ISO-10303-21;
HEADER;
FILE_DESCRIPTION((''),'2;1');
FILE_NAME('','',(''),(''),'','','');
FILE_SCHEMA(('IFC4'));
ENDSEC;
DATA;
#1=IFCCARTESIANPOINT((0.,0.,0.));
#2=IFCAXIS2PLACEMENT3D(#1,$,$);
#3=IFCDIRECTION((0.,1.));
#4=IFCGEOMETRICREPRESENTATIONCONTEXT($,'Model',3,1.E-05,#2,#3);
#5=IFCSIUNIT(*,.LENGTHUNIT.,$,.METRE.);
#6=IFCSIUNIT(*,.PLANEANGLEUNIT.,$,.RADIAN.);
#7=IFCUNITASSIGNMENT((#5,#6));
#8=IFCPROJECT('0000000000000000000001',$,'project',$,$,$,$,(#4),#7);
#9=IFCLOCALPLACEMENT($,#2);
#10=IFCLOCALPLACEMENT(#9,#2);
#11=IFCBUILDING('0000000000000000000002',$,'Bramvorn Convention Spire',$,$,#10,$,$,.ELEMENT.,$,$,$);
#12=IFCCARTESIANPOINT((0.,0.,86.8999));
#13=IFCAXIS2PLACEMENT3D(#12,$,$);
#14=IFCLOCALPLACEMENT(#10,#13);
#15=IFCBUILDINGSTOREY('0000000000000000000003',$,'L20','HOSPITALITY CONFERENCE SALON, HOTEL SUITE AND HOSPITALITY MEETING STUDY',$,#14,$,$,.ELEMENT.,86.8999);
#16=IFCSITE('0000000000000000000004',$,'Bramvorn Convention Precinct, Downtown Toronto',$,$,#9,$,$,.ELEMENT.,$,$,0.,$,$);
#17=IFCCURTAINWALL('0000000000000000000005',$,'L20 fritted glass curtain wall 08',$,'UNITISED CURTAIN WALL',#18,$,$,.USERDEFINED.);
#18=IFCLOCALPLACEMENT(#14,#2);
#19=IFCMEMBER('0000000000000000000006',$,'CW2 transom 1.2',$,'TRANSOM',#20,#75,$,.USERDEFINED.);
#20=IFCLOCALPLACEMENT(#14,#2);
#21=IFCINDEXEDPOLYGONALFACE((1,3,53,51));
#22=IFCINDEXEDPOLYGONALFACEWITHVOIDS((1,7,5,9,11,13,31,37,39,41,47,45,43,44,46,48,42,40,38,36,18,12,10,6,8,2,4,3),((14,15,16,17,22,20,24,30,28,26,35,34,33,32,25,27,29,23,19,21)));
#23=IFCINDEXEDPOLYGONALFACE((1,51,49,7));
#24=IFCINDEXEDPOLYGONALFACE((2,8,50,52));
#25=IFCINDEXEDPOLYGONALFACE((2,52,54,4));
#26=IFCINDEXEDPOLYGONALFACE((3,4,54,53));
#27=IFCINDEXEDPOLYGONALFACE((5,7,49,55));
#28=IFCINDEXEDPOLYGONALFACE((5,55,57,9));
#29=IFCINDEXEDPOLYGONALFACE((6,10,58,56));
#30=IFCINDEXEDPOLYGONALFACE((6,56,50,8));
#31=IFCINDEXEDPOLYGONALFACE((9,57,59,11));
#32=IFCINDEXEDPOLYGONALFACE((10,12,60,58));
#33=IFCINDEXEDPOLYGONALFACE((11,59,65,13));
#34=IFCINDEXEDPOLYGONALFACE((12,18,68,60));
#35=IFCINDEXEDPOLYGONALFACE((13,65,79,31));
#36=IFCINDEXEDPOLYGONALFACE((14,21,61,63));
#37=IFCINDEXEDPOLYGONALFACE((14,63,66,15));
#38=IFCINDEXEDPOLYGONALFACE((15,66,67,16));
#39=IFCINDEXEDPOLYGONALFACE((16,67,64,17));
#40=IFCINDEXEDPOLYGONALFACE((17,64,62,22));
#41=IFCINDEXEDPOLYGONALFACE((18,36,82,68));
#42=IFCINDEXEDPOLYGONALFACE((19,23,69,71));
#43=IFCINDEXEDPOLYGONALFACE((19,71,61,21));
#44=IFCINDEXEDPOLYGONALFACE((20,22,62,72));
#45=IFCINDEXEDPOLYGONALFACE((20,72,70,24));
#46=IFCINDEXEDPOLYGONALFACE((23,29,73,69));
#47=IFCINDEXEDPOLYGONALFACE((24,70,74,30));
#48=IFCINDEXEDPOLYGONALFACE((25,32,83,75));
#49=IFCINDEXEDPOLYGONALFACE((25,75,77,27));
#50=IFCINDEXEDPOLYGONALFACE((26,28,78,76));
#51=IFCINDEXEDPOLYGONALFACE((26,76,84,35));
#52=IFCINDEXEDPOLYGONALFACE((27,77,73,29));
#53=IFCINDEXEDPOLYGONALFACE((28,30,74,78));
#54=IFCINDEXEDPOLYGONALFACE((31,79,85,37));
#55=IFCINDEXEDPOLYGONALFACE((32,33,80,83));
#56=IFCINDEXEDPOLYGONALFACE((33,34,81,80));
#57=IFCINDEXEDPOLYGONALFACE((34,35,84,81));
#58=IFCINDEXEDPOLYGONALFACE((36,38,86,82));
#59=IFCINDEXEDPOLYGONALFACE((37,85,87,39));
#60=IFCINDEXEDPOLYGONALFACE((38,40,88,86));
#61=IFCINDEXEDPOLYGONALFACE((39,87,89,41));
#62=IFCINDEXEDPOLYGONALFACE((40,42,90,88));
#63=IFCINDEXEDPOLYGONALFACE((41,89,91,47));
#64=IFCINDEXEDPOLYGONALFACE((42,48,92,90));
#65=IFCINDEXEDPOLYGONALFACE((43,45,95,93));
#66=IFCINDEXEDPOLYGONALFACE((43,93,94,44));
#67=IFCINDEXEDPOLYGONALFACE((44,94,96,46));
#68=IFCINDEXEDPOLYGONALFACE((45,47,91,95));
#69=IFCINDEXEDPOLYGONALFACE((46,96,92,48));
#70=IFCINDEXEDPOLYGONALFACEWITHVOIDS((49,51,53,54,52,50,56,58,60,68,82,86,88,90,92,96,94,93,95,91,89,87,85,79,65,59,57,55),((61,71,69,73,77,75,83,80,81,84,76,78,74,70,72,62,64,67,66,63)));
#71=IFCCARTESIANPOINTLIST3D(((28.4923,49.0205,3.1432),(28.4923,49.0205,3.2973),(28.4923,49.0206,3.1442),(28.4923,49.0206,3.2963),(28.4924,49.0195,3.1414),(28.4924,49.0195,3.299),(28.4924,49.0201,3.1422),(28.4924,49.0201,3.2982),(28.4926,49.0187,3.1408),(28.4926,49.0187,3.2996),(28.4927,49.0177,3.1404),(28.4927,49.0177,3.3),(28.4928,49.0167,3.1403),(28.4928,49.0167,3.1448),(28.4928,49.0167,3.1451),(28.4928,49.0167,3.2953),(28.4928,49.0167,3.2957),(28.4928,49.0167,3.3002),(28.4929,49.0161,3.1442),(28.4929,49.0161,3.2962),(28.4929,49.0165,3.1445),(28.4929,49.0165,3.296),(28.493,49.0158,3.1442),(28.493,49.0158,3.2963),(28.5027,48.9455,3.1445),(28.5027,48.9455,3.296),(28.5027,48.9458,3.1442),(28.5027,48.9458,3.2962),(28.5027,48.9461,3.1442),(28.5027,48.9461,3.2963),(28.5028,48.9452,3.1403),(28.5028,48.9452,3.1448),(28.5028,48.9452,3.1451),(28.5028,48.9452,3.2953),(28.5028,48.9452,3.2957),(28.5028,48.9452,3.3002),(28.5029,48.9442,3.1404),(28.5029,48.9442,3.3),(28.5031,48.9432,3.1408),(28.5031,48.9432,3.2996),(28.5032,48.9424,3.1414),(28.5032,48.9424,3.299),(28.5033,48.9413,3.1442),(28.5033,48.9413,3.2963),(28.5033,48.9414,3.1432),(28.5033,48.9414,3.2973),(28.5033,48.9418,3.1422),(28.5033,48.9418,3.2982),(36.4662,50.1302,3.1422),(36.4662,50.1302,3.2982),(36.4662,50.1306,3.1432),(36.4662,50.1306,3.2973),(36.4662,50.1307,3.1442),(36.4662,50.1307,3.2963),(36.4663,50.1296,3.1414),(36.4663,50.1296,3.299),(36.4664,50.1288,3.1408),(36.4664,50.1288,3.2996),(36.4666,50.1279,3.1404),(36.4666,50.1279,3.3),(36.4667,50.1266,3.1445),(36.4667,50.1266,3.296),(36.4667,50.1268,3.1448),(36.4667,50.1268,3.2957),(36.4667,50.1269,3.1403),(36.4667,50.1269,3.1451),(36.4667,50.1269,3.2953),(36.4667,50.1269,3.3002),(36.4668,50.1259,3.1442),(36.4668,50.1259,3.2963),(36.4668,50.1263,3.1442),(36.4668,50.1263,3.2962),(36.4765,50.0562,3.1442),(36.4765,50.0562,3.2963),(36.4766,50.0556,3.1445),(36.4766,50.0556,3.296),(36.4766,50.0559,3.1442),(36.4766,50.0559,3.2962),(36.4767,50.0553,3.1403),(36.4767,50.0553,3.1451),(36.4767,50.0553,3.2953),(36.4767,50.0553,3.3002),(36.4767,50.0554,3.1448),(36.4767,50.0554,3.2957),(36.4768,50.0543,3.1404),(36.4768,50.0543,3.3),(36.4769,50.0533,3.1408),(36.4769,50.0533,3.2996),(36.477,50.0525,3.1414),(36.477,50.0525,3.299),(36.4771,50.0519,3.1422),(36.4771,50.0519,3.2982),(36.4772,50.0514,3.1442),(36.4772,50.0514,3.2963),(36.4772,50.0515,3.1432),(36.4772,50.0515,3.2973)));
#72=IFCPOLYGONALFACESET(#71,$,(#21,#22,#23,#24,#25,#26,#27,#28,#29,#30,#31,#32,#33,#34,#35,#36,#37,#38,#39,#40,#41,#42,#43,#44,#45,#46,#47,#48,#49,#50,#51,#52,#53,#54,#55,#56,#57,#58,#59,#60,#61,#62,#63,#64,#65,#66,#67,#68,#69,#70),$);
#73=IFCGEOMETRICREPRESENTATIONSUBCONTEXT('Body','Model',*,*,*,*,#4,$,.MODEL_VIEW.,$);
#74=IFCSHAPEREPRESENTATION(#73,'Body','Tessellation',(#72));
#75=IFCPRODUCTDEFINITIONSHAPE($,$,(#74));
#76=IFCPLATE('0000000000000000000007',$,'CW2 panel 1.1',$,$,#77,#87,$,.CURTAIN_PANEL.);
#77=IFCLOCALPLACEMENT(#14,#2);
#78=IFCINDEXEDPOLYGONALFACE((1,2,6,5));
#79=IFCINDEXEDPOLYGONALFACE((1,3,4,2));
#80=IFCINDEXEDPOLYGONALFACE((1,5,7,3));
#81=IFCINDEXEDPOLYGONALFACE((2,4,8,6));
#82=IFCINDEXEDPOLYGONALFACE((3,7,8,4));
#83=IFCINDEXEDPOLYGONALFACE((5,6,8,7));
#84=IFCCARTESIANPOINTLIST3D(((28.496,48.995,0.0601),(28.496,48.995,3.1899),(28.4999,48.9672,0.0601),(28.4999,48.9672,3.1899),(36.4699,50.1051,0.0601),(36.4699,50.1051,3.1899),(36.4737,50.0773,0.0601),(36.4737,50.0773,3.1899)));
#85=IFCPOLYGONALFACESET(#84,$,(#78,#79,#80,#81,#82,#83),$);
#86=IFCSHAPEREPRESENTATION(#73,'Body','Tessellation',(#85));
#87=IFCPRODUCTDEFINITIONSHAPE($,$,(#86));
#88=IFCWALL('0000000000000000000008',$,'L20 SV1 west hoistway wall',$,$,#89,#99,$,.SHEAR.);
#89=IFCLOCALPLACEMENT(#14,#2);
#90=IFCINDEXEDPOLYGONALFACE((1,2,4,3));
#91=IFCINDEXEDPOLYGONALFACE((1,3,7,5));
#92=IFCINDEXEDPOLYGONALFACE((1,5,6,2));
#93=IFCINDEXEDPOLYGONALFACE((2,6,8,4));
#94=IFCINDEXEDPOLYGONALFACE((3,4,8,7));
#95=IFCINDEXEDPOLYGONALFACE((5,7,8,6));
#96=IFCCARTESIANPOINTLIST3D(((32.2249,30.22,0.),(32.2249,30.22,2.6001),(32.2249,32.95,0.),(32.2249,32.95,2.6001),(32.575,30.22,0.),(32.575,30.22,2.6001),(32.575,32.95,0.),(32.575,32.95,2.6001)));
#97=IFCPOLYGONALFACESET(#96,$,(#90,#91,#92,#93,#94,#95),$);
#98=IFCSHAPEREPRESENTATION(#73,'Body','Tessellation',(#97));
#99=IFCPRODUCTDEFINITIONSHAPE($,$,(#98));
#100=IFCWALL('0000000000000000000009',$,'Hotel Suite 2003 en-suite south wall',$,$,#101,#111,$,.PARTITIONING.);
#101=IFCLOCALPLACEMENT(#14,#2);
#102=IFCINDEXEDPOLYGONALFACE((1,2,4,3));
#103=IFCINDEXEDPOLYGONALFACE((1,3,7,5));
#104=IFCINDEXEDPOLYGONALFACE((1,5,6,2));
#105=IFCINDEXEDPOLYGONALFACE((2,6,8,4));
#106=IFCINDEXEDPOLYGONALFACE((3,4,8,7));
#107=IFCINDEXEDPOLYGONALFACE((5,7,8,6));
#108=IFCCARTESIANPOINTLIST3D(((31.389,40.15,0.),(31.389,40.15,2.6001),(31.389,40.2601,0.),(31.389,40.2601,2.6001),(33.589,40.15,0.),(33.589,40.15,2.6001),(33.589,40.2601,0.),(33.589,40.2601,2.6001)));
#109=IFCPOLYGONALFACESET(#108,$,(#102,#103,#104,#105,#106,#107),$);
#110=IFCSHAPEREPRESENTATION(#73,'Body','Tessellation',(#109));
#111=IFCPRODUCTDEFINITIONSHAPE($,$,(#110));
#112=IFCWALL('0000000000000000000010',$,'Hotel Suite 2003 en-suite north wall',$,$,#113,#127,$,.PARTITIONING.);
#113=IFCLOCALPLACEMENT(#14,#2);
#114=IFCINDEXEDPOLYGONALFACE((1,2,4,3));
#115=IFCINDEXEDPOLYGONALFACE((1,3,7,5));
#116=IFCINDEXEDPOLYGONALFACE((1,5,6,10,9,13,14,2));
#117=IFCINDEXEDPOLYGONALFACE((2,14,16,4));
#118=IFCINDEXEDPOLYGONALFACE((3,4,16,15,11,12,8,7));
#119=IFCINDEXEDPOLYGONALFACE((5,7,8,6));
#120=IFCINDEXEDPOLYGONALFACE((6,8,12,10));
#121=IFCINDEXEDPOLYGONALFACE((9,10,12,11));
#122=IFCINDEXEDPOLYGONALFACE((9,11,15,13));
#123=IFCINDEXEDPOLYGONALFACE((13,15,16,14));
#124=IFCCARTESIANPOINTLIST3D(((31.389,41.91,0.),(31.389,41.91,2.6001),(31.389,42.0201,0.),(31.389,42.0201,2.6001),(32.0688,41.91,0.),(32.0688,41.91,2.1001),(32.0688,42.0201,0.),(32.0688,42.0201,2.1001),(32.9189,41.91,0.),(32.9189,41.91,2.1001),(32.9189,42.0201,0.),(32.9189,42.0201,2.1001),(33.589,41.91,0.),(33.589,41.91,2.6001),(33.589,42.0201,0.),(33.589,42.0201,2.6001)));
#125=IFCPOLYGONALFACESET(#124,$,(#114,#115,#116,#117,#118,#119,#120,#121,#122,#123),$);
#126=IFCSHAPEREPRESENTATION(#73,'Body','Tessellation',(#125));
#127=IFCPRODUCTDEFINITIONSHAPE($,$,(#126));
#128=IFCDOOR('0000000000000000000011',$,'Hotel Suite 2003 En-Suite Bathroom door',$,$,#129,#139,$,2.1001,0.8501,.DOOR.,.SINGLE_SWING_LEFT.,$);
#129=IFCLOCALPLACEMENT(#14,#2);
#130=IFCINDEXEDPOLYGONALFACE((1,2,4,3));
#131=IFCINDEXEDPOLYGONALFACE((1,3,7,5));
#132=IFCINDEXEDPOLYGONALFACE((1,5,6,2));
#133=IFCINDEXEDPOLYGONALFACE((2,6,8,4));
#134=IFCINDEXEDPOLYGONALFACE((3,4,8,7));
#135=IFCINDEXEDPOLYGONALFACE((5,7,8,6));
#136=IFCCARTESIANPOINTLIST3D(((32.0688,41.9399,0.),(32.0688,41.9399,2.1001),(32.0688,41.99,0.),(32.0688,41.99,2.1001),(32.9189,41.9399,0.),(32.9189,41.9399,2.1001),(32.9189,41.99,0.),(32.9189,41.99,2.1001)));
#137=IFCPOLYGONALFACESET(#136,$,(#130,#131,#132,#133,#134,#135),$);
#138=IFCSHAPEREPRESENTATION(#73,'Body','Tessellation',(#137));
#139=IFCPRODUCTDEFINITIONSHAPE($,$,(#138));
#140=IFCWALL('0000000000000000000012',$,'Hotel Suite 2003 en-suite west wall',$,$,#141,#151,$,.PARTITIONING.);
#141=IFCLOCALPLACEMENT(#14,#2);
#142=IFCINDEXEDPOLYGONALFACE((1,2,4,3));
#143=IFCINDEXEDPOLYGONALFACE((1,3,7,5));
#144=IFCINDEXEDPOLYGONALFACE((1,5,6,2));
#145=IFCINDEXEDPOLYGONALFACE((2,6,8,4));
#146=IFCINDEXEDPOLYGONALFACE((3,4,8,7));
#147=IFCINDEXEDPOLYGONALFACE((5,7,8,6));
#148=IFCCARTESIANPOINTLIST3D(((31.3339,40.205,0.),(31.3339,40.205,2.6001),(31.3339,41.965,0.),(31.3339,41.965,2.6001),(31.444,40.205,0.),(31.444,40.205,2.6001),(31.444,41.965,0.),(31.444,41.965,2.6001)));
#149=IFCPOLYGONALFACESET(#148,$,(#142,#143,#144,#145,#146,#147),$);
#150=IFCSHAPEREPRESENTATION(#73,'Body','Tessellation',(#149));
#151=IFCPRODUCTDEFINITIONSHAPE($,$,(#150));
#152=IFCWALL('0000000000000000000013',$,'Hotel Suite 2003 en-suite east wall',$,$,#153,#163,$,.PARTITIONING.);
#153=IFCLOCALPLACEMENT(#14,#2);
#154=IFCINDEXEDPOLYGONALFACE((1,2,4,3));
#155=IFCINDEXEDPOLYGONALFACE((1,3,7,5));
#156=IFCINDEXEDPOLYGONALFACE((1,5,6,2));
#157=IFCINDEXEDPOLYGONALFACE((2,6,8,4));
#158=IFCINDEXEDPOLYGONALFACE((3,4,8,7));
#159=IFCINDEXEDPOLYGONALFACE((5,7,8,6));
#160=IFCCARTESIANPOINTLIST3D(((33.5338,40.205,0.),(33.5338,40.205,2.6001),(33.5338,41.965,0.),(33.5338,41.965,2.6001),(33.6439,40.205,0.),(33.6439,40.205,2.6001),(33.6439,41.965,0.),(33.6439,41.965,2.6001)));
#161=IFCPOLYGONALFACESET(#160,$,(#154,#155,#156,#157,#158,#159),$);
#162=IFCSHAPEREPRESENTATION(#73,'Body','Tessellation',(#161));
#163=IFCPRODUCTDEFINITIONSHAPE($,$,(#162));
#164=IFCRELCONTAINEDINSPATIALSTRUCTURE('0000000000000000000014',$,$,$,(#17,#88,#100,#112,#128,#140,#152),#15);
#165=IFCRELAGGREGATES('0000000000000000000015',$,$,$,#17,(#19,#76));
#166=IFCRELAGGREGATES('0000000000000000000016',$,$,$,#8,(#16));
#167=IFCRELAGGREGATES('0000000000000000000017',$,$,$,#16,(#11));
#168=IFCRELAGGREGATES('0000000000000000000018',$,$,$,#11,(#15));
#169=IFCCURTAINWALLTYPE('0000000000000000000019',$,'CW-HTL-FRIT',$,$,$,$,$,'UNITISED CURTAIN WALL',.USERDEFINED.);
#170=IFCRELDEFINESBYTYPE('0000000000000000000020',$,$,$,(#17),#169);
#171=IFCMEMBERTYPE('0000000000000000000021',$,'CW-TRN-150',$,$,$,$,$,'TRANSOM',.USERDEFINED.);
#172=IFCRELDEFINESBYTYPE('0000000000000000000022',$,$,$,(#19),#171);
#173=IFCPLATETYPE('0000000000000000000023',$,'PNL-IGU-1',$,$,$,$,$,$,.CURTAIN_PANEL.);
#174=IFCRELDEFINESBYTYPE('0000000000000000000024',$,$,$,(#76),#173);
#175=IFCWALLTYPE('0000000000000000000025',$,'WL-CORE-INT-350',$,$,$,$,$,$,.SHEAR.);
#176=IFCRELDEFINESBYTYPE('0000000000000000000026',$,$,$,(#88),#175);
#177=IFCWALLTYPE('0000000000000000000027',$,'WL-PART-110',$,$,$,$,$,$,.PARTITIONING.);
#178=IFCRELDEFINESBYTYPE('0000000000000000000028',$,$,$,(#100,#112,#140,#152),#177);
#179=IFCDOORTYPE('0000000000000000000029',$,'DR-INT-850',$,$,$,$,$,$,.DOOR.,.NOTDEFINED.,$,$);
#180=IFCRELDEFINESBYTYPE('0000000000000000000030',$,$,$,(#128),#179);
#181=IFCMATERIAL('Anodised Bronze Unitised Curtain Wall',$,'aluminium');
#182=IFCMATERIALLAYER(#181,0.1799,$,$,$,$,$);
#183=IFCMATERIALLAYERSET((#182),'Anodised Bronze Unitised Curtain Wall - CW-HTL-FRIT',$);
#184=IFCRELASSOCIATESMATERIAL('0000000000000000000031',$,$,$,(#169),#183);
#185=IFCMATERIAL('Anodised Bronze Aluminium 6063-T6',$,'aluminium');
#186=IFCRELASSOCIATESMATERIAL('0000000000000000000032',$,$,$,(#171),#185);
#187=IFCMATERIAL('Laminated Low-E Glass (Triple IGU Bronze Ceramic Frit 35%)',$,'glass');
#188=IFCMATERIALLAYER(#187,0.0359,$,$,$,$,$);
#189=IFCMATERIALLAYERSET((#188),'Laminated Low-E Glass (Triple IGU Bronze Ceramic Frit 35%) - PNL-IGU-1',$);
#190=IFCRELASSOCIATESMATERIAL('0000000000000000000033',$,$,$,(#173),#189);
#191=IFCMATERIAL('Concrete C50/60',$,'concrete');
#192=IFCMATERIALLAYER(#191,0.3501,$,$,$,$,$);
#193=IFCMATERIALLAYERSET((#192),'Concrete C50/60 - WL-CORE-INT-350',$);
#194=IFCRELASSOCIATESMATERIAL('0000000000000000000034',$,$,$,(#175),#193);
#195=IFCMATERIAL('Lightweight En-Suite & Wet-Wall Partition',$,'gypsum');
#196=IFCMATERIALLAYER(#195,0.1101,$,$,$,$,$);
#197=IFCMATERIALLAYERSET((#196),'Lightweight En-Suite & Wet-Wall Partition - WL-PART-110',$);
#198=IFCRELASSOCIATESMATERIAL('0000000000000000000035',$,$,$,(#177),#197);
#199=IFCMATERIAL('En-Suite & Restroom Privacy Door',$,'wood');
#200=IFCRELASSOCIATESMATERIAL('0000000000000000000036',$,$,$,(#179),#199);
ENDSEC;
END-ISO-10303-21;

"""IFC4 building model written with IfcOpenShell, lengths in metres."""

from ifc_helpers import new_model, si_unit, direction, frame, frame_2d, origin, origin_2d, place, context, subcontext, project, spatial, rectangle, hollow_rectangle, extrude, material, layer, layer_set, material_profile, profile_set, type_object, element, fill, aggregate, save


model = new_model("IFC4")

# Units and contexts
model_context = context("Model", 3, precision=1e-05, world=origin(), true_north=direction((0.0, 1.0)))
body_context = subcontext(model_context, "Body", "Model", "MODEL_VIEW")
ifc_project = project(units=[si_unit("LENGTHUNIT", "METRE"), si_unit("PLANEANGLEUNIT", "RADIAN")], contexts=[model_context])

# Site, building, storey
site_placement = place(None, origin())
site = spatial("IfcSite", under=ifc_project, at=site_placement, Name="Bramvorn Convention Precinct, Downtown Toronto", CompositionType="ELEMENT", RefElevation=0.0)
building_placement = place(site_placement, origin())
building = spatial("IfcBuilding", under=site, at=building_placement, Name="Bramvorn Convention Spire", CompositionType="ELEMENT")
storey_placement = place(building_placement, frame((0.0, 0.0, 86.8999)))
storey = spatial("IfcBuildingStorey", under=building, at=storey_placement, Name="L20", Description="HOSPITALITY CONFERENCE SALON, HOTEL SUITE AND HOSPITALITY MEETING STUDY", CompositionType="ELEMENT", Elevation=86.8999)

# Curtain wall
ifc_material_1 = material(Name="Anodised Bronze Unitised Curtain Wall", Category="aluminium")
ifc_layer_1 = layer(ifc_material_1, 0.1799)
ifc_layer_set_1 = layer_set([ifc_layer_1], Name="Anodised Bronze Unitised Curtain Wall - CW-HTL-FRIT")
curtain_wall_type = type_object("IfcCurtainWallType", Name="CW-HTL-FRIT", ElementType="UNITISED CURTAIN WALL", PredefinedType="USERDEFINED", material=ifc_layer_set_1)
curtain_wall_1_placement = place(storey_placement, origin())
curtain_wall_1 = element("IfcCurtainWall", 1, at=curtain_wall_1_placement, inside=storey, type_object=curtain_wall_type, Name="L20 fritted glass curtain wall 08", ObjectType="UNITISED CURTAIN WALL", PredefinedType="USERDEFINED")
ifc_material_2 = material(Name="Anodised Bronze Aluminium 6063-T6", Category="aluminium")

# Member
ifc_material_profile_1 = material_profile(ifc_material_2, hollow_rectangle(XDim=0.0801, YDim=0.1599, WallThickness=0.0039, InnerFilletRadius=0.001, OuterFilletRadius=0.0039, at=origin_2d()))
ifc_profile_set_1 = profile_set([ifc_material_profile_1], Name="Anodised Bronze Aluminium 6063-T6 - CWT80X160")
member_type_1 = type_object("IfcMemberType", Name="CW-TRN-150", ElementType="TRANSOM", PredefinedType="USERDEFINED", material=ifc_profile_set_1)
member_1_placement = place(storey_placement, frame((28.4978, 48.981, 3.2202), z_axis=(0.990448, 0.137888, 0.0), x_axis=(-0.137888, 0.990448, 0.0)))
member_1 = element("IfcMember", 2, at=member_1_placement, type_object=member_type_1, Name="CW2 transom 1.2", ObjectType="TRANSOM", PredefinedType="USERDEFINED", context=body_context, shape_type="SweptSolid", body=[
    extrude(hollow_rectangle(XDim=0.0801, YDim=0.1599, WallThickness=0.0039, InnerFilletRadius=0.001, OuterFilletRadius=0.0039, at=origin_2d()), origin(), (0.0, 0.0, 1.0), 8.0508),
])

# Plate
ifc_material_3 = material(Name="Laminated Low-E Glass (Triple IGU Bronze Ceramic Frit 35%)", Category="glass")
ifc_layer_2 = layer(ifc_material_3, 0.0359)
ifc_layer_set_2 = layer_set([ifc_layer_2], Name="Laminated Low-E Glass (Triple IGU Bronze Ceramic Frit 35%) - PNL-IGU-1")
plate_type = type_object("IfcPlateType", Name="PNL-IGU-1", PredefinedType="CURTAIN_PANEL", material=ifc_layer_set_2)
plate_placement = place(storey_placement, frame((32.4849, 49.5361, 0.0601), z_axis=(0.0, 0.0, 1.0), x_axis=(0.990447, 0.137893, 0.0)))
plate = element("IfcPlate", 3, at=plate_placement, type_object=plate_type, Name="CW2 panel 1.1", PredefinedType="CURTAIN_PANEL", context=body_context, shape_type="SweptSolid", body=[
    extrude(rectangle(XDim=8.0508, YDim=0.0281, at=origin_2d()), origin(), (0.0, 0.0, 1.0), 3.1299),
])
aggregate(curtain_wall_1, [member_1, plate])

# Shared definitions
ifc_material_4 = material(Name="Concrete C50/60", Category="concrete")
ifc_layer_3 = layer(ifc_material_4, 0.3501)
ifc_layer_set_3 = layer_set([ifc_layer_3], Name="Concrete C50/60 - WL-CORE-INT-350")
wall_type_1 = type_object("IfcWallType", Name="WL-CORE-INT-350", PredefinedType="SHEAR", material=ifc_layer_set_3)

# Walls
wall_1_placement = place(storey_placement, frame((32.3999, 30.22, 0.0), z_axis=(0.0, 0.0, 1.0), x_axis=(0.0, 1.0, 0.0)))
element("IfcWall", 4, at=wall_1_placement, inside=storey, type_object=wall_type_1, Name="L20 SV1 west hoistway wall", PredefinedType="SHEAR", context=body_context, shape_type="SweptSolid", body=[
    extrude(rectangle(XDim=2.73, YDim=0.3501, at=frame_2d((1.365, 0.0))), origin(), (0.0, 0.0, 1.0), 2.6001),
])
ifc_material_5 = material(Name="Lightweight En-Suite & Wet-Wall Partition", Category="gypsum")
ifc_layer_4 = layer(ifc_material_5, 0.1101)
ifc_layer_set_4 = layer_set([ifc_layer_4], Name="Lightweight En-Suite & Wet-Wall Partition - WL-PART-110")
wall_type_2 = type_object("IfcWallType", Name="WL-PART-110", PredefinedType="PARTITIONING", material=ifc_layer_set_4)
wall_2_placement = place(storey_placement, frame((31.3889, 40.2051, 0.0), z_axis=(0.0, 0.0, 1.0), x_axis=(1.0, 0.0, 0.0)))
element("IfcWall", 5, at=wall_2_placement, inside=storey, type_object=wall_type_2, Name="Hotel Suite 2003 en-suite south wall", PredefinedType="PARTITIONING", context=body_context, shape_type="SweptSolid", body=[
    extrude(rectangle(XDim=2.2, YDim=0.1101, at=frame_2d((1.1001, 0.0))), origin(), (0.0, 0.0, 1.0), 2.6001),
])

# Wall, opening, door
wall_3_placement = place(storey_placement, frame((31.3889, 41.9651, 0.0), z_axis=(0.0, 0.0, 1.0), x_axis=(1.0, 0.0, 0.0)))
wall_3 = element("IfcWall", 6, at=wall_3_placement, inside=storey, type_object=wall_type_2, Name="Hotel Suite 2003 en-suite north wall", PredefinedType="PARTITIONING", context=body_context, shape_type="SweptSolid", body=[
    extrude(rectangle(XDim=2.2, YDim=0.1101, at=frame_2d((1.1001, 0.0))), origin(), (0.0, 0.0, 1.0), 2.6001),
])
opening_1_placement = place(wall_3_placement, frame((0.6799, 0.0, 0.0)))
opening_1 = element("IfcOpeningElement", 7, at=opening_1_placement, cuts=wall_3, PredefinedType="OPENING", context=body_context, shape_type="SweptSolid", body=[
    extrude(rectangle(XDim=0.8501, YDim=2.1001, at=frame_2d((0.425, 1.05))), frame((0.0, 0.0649, 0.0), z_axis=(0.0, -1.0, 0.0), x_axis=(1.0, 0.0, 0.0)), (0.0, 0.0, 1.0), 0.1301),
])
ifc_material_6 = material(Name="En-Suite & Restroom Privacy Door", Category="wood")
door_type_1 = type_object("IfcDoorType", Name="DR-INT-850", OperationType="NOTDEFINED", PredefinedType="DOOR", material=ifc_material_6)
door_1_placement = place(opening_1_placement, origin())
door_1 = element("IfcDoor", 8, at=door_1_placement, inside=storey, type_object=door_type_1, Name="Hotel Suite 2003 En-Suite Bathroom door", OperationType="SINGLE_SWING_LEFT", OverallHeight=2.1001, OverallWidth=0.8501, PredefinedType="DOOR", context=body_context, shape_type="SweptSolid", body=[
    extrude(rectangle(XDim=0.8501, YDim=2.1001, at=frame_2d((0.425, 1.05))), frame((0.0, 0.0249, 0.0), z_axis=(0.0, -1.0, 0.0), x_axis=(1.0, 0.0, 0.0)), (0.0, 0.0, 1.0), 0.05),
])
fill(opening_1, door_1)

# Walls
for number, where, z_axis, x_axis, name in (
    (9, (31.3889, 40.2051, 0.0), (0.0, 0.0, 1.0), (0.0, 1.0, 0.0), "Hotel Suite 2003 en-suite west wall"),
    (10, (33.5889, 40.2051, 0.0), (0.0, 0.0, 1.0), (0.0, 1.0, 0.0), "Hotel Suite 2003 en-suite east wall"),
):
    element("IfcWall", number, at=place(storey_placement, frame(where, z_axis=z_axis, x_axis=x_axis)), inside=storey, type_object=wall_type_2, Name=name, PredefinedType="PARTITIONING", context=body_context, shape_type="SweptSolid", body=[
        extrude(rectangle(XDim=1.76, YDim=0.1101, at=frame_2d((0.8799, 0.0))), origin(), (0.0, 0.0, 1.0), 2.6001),
    ])

save(model, "model.ifc")
